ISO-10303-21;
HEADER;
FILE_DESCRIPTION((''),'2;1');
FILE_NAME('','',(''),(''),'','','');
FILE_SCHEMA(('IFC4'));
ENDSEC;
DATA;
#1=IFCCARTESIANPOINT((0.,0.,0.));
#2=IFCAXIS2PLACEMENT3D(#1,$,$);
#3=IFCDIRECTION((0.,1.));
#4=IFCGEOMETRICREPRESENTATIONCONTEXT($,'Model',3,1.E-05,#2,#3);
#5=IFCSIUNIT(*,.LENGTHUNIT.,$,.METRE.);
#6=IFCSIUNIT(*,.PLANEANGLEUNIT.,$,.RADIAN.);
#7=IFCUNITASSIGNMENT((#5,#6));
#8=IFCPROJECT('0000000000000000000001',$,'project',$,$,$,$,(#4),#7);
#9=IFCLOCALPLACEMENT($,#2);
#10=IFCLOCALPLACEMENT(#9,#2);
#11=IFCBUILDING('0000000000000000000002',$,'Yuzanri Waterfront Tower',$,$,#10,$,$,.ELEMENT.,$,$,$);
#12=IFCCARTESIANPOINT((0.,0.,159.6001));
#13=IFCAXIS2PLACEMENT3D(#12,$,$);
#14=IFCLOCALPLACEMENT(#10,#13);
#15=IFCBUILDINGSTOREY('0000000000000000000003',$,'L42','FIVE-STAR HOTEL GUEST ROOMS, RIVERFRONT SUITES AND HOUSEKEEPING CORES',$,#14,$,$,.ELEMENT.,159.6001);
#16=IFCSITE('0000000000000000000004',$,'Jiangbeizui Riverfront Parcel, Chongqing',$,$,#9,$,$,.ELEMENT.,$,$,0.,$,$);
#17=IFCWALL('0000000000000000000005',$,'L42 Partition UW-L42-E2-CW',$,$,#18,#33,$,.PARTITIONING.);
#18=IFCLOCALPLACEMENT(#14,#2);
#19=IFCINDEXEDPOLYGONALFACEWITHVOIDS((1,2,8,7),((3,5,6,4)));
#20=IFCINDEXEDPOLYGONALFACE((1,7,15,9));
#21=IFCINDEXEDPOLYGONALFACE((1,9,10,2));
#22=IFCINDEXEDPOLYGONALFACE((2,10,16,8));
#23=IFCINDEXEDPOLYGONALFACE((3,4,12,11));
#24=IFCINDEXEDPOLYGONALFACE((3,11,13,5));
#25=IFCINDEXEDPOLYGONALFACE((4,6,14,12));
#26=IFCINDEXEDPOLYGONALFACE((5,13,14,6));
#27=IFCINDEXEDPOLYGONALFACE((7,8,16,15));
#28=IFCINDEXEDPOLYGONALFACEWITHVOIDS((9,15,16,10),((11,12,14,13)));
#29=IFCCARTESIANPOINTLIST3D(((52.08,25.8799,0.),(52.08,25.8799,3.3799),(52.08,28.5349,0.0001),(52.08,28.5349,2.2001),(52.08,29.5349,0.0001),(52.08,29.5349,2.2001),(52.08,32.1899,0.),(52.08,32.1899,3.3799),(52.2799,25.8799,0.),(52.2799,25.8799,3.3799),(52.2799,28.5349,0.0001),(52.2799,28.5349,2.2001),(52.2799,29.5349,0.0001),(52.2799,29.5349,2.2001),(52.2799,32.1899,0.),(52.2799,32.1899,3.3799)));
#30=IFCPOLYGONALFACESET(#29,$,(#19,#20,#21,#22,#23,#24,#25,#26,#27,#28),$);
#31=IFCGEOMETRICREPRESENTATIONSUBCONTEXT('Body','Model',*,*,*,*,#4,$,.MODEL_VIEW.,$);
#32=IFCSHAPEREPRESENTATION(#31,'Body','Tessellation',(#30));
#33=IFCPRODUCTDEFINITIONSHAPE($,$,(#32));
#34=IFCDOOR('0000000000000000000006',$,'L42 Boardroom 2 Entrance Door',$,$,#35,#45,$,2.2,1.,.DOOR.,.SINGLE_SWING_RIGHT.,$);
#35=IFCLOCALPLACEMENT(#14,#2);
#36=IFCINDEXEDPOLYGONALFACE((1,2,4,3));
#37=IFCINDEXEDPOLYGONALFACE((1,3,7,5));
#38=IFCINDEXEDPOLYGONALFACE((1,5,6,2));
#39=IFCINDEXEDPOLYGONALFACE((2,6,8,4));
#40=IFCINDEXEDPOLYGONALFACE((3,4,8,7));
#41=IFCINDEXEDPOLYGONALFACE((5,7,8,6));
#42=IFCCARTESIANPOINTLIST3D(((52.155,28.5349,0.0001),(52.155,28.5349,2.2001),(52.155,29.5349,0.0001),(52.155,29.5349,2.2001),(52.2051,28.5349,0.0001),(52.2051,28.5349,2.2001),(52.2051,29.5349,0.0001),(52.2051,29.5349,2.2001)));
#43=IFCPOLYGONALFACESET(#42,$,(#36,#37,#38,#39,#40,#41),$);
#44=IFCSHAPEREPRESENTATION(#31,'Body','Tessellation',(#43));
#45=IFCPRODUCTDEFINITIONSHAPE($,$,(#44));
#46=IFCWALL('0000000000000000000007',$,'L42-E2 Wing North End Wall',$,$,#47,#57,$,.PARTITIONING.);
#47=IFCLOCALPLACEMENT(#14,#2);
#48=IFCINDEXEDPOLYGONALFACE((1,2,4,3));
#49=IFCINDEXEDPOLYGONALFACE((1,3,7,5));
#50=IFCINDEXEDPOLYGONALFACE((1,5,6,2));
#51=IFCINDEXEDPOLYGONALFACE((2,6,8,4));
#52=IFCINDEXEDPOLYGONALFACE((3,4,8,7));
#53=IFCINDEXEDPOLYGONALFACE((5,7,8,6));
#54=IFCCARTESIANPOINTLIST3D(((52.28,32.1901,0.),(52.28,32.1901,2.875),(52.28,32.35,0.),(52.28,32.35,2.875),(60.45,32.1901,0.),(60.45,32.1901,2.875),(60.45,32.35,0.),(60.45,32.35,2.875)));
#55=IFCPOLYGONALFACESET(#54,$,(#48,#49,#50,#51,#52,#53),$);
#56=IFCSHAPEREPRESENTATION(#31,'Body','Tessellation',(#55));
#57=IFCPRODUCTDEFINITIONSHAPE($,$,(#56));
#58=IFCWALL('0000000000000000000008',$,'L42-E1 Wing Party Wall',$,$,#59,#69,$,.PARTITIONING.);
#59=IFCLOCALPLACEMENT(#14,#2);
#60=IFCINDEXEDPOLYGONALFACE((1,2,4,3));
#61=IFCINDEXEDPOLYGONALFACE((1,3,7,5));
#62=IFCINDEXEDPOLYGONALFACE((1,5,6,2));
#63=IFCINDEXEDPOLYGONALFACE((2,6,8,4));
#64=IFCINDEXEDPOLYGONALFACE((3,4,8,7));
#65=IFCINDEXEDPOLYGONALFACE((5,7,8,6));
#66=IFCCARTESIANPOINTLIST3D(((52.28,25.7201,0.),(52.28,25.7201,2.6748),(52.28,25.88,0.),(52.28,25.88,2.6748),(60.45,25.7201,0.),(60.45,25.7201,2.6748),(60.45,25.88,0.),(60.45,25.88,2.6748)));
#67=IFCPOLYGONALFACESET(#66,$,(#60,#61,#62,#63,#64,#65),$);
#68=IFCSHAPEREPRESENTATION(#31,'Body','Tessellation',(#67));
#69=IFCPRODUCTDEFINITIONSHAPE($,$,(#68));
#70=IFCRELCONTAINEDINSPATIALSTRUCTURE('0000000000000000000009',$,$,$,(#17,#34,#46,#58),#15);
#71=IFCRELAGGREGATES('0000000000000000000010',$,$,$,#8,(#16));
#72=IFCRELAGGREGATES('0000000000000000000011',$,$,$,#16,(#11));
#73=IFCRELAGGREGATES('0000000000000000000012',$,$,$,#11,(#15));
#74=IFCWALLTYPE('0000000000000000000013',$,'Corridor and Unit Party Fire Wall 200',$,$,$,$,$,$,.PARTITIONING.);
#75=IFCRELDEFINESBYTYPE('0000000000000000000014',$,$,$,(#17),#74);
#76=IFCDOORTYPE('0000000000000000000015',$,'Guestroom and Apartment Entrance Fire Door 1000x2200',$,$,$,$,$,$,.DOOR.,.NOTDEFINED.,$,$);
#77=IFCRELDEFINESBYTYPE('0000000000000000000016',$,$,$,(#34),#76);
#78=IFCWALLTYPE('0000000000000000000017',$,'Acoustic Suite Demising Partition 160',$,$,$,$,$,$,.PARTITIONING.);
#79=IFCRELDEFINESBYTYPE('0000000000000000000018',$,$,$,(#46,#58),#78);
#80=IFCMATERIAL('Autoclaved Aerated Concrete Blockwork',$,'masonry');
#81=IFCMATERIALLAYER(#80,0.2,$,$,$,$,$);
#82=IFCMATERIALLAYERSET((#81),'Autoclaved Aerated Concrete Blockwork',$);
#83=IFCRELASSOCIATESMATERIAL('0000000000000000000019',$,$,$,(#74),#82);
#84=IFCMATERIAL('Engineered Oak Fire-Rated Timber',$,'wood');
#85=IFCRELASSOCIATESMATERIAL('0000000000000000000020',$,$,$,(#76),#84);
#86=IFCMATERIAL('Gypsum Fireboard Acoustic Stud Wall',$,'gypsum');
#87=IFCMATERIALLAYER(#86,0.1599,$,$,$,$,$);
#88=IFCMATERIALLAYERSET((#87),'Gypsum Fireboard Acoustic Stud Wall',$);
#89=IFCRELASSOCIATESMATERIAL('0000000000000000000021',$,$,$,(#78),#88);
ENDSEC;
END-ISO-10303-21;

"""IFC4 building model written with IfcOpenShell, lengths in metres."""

from ifc_helpers import new_model, si_unit, direction, frame, frame_2d, origin, place, context, subcontext, project, spatial, rectangle, extrude, source, transform, mapped, material, layer, layer_set, type_object, element, fill, save


model = new_model("IFC4")

# Units and contexts
model_context = context("Model", 3, precision=1e-05, world=origin(), true_north=direction((0.0, 1.0)))
body_context = subcontext(model_context, "Body", "Model", "MODEL_VIEW")
ifc_project = project(units=[si_unit("LENGTHUNIT", "METRE"), si_unit("PLANEANGLEUNIT", "RADIAN")], contexts=[model_context])

# Site, building, storey
site_placement = place(None, origin())
site = spatial("IfcSite", under=ifc_project, at=site_placement, Name="Jiangbeizui Riverfront Parcel, Chongqing", CompositionType="ELEMENT", RefElevation=0.0)
building_placement = place(site_placement, origin())
building = spatial("IfcBuilding", under=site, at=building_placement, Name="Yuzanri Waterfront Tower", CompositionType="ELEMENT")
storey_placement = place(building_placement, frame((0.0, 0.0, 159.6001)))
storey = spatial("IfcBuildingStorey", under=building, at=storey_placement, Name="L42", Description="FIVE-STAR HOTEL GUEST ROOMS, RIVERFRONT SUITES AND HOUSEKEEPING CORES", CompositionType="ELEMENT", Elevation=159.6001)

# Wall, opening, door
ifc_material_1 = material(Name="Autoclaved Aerated Concrete Blockwork", Category="masonry")
ifc_layer_1 = layer(ifc_material_1, 0.2)
ifc_layer_set_1 = layer_set([ifc_layer_1], Name="Autoclaved Aerated Concrete Blockwork")
wall_type_1 = type_object("IfcWallType", Name="Corridor and Unit Party Fire Wall 200", PredefinedType="PARTITIONING", material=ifc_layer_set_1)
wall_1_placement = place(storey_placement, frame((52.1799, 25.8799, 0.0), z_axis=(0.0, 0.0, 1.0), x_axis=(0.0, 1.0, 0.0)))
wall_1 = element("IfcWall", 1, at=wall_1_placement, inside=storey, type_object=wall_type_1, Name="L42 Partition UW-L42-E2-CW", PredefinedType="PARTITIONING", context=body_context, shape_type="SweptSolid", body=[
    extrude(rectangle(XDim=6.3101, YDim=0.2, at=frame_2d((3.155, 0.0))), origin(), (0.0, 0.0, 1.0), 3.3799),
])
opening_placement = place(wall_1_placement, frame((2.655, 0.0, 0.0)))
opening = element("IfcOpeningElement", 2, at=opening_placement, cuts=wall_1, PredefinedType="OPENING", context=body_context, shape_type="SweptSolid", body=[
    extrude(rectangle(XDim=1.0, YDim=2.2, at=frame_2d((0.5, 1.1001))), frame((0.0, 0.1147, 0.0), z_axis=(0.0, -1.0, 0.0), x_axis=(1.0, 0.0, 0.0)), (0.0, 0.0, 1.0), 0.2297),
])
ifc_material_2 = material(Name="Engineered Oak Fire-Rated Timber", Category="wood")
door_type = type_object("IfcDoorType", Name="Guestroom and Apartment Entrance Fire Door 1000x2200", OperationType="NOTDEFINED", PredefinedType="DOOR", material=ifc_material_2)
shared_shape_1 = source(origin(), body_context, "Body", "SweptSolid", [
    extrude(rectangle(XDim=1.0, YDim=2.2, at=frame_2d((0.5, 1.1001))), frame((0.0, 0.0249, 0.0), z_axis=(0.0, -1.0, 0.0), x_axis=(1.0, 0.0, 0.0)), (0.0, 0.0, 1.0), 0.05),
])
door_placement = place(opening_placement, origin())
door = element("IfcDoor", 3, at=door_placement, inside=storey, type_object=door_type, Name="L42 Boardroom 2 Entrance Door", OperationType="SINGLE_SWING_RIGHT", OverallHeight=2.2, OverallWidth=1.0, PredefinedType="DOOR", context=body_context, shape_type="MappedRepresentation", body=[
    mapped(shared_shape_1, transform((0.0, 0.0, 0.0), scale=1.0)),
])
fill(opening, door)

# Walls
ifc_material_3 = material(Name="Gypsum Fireboard Acoustic Stud Wall", Category="gypsum")
ifc_layer_2 = layer(ifc_material_3, 0.1599)
ifc_layer_set_2 = layer_set([ifc_layer_2], Name="Gypsum Fireboard Acoustic Stud Wall")
wall_type_2 = type_object("IfcWallType", Name="Acoustic Suite Demising Partition 160", PredefinedType="PARTITIONING", material=ifc_layer_set_2)
shared_shape_2 = source(origin(), body_context, "Body", "SweptSolid", [
    extrude(rectangle(XDim=8.1699, YDim=0.1599, at=frame_2d((4.085, 0.0))), origin(), (0.0, 0.0, 1.0), 2.875),
])
wall_2_placement = place(storey_placement, frame((52.28, 32.27, 0.0), z_axis=(0.0, 0.0, 1.0), x_axis=(1.0, 0.0, 0.0)))
element("IfcWall", 4, at=wall_2_placement, inside=storey, type_object=wall_type_2, Name="L42-E2 Wing North End Wall", PredefinedType="PARTITIONING", context=body_context, shape_type="MappedRepresentation", body=[
    mapped(shared_shape_2, transform((0.0, 0.0, 0.0), scale=1.0)),
])
shared_shape_3 = source(origin(), body_context, "Body", "SweptSolid", [
    extrude(rectangle(XDim=8.1699, YDim=0.1599, at=frame_2d((4.085, 0.0))), origin(), (0.0, 0.0, 1.0), 2.6748),
])
wall_3_placement = place(storey_placement, frame((52.28, 25.8, 0.0), z_axis=(0.0, 0.0, 1.0), x_axis=(1.0, 0.0, 0.0)))
element("IfcWall", 5, at=wall_3_placement, inside=storey, type_object=wall_type_2, Name="L42-E1 Wing Party Wall", PredefinedType="PARTITIONING", context=body_context, shape_type="MappedRepresentation", body=[
    mapped(shared_shape_3, transform((0.0, 0.0, 0.0), scale=1.0)),
])

save(model, "model.ifc")
